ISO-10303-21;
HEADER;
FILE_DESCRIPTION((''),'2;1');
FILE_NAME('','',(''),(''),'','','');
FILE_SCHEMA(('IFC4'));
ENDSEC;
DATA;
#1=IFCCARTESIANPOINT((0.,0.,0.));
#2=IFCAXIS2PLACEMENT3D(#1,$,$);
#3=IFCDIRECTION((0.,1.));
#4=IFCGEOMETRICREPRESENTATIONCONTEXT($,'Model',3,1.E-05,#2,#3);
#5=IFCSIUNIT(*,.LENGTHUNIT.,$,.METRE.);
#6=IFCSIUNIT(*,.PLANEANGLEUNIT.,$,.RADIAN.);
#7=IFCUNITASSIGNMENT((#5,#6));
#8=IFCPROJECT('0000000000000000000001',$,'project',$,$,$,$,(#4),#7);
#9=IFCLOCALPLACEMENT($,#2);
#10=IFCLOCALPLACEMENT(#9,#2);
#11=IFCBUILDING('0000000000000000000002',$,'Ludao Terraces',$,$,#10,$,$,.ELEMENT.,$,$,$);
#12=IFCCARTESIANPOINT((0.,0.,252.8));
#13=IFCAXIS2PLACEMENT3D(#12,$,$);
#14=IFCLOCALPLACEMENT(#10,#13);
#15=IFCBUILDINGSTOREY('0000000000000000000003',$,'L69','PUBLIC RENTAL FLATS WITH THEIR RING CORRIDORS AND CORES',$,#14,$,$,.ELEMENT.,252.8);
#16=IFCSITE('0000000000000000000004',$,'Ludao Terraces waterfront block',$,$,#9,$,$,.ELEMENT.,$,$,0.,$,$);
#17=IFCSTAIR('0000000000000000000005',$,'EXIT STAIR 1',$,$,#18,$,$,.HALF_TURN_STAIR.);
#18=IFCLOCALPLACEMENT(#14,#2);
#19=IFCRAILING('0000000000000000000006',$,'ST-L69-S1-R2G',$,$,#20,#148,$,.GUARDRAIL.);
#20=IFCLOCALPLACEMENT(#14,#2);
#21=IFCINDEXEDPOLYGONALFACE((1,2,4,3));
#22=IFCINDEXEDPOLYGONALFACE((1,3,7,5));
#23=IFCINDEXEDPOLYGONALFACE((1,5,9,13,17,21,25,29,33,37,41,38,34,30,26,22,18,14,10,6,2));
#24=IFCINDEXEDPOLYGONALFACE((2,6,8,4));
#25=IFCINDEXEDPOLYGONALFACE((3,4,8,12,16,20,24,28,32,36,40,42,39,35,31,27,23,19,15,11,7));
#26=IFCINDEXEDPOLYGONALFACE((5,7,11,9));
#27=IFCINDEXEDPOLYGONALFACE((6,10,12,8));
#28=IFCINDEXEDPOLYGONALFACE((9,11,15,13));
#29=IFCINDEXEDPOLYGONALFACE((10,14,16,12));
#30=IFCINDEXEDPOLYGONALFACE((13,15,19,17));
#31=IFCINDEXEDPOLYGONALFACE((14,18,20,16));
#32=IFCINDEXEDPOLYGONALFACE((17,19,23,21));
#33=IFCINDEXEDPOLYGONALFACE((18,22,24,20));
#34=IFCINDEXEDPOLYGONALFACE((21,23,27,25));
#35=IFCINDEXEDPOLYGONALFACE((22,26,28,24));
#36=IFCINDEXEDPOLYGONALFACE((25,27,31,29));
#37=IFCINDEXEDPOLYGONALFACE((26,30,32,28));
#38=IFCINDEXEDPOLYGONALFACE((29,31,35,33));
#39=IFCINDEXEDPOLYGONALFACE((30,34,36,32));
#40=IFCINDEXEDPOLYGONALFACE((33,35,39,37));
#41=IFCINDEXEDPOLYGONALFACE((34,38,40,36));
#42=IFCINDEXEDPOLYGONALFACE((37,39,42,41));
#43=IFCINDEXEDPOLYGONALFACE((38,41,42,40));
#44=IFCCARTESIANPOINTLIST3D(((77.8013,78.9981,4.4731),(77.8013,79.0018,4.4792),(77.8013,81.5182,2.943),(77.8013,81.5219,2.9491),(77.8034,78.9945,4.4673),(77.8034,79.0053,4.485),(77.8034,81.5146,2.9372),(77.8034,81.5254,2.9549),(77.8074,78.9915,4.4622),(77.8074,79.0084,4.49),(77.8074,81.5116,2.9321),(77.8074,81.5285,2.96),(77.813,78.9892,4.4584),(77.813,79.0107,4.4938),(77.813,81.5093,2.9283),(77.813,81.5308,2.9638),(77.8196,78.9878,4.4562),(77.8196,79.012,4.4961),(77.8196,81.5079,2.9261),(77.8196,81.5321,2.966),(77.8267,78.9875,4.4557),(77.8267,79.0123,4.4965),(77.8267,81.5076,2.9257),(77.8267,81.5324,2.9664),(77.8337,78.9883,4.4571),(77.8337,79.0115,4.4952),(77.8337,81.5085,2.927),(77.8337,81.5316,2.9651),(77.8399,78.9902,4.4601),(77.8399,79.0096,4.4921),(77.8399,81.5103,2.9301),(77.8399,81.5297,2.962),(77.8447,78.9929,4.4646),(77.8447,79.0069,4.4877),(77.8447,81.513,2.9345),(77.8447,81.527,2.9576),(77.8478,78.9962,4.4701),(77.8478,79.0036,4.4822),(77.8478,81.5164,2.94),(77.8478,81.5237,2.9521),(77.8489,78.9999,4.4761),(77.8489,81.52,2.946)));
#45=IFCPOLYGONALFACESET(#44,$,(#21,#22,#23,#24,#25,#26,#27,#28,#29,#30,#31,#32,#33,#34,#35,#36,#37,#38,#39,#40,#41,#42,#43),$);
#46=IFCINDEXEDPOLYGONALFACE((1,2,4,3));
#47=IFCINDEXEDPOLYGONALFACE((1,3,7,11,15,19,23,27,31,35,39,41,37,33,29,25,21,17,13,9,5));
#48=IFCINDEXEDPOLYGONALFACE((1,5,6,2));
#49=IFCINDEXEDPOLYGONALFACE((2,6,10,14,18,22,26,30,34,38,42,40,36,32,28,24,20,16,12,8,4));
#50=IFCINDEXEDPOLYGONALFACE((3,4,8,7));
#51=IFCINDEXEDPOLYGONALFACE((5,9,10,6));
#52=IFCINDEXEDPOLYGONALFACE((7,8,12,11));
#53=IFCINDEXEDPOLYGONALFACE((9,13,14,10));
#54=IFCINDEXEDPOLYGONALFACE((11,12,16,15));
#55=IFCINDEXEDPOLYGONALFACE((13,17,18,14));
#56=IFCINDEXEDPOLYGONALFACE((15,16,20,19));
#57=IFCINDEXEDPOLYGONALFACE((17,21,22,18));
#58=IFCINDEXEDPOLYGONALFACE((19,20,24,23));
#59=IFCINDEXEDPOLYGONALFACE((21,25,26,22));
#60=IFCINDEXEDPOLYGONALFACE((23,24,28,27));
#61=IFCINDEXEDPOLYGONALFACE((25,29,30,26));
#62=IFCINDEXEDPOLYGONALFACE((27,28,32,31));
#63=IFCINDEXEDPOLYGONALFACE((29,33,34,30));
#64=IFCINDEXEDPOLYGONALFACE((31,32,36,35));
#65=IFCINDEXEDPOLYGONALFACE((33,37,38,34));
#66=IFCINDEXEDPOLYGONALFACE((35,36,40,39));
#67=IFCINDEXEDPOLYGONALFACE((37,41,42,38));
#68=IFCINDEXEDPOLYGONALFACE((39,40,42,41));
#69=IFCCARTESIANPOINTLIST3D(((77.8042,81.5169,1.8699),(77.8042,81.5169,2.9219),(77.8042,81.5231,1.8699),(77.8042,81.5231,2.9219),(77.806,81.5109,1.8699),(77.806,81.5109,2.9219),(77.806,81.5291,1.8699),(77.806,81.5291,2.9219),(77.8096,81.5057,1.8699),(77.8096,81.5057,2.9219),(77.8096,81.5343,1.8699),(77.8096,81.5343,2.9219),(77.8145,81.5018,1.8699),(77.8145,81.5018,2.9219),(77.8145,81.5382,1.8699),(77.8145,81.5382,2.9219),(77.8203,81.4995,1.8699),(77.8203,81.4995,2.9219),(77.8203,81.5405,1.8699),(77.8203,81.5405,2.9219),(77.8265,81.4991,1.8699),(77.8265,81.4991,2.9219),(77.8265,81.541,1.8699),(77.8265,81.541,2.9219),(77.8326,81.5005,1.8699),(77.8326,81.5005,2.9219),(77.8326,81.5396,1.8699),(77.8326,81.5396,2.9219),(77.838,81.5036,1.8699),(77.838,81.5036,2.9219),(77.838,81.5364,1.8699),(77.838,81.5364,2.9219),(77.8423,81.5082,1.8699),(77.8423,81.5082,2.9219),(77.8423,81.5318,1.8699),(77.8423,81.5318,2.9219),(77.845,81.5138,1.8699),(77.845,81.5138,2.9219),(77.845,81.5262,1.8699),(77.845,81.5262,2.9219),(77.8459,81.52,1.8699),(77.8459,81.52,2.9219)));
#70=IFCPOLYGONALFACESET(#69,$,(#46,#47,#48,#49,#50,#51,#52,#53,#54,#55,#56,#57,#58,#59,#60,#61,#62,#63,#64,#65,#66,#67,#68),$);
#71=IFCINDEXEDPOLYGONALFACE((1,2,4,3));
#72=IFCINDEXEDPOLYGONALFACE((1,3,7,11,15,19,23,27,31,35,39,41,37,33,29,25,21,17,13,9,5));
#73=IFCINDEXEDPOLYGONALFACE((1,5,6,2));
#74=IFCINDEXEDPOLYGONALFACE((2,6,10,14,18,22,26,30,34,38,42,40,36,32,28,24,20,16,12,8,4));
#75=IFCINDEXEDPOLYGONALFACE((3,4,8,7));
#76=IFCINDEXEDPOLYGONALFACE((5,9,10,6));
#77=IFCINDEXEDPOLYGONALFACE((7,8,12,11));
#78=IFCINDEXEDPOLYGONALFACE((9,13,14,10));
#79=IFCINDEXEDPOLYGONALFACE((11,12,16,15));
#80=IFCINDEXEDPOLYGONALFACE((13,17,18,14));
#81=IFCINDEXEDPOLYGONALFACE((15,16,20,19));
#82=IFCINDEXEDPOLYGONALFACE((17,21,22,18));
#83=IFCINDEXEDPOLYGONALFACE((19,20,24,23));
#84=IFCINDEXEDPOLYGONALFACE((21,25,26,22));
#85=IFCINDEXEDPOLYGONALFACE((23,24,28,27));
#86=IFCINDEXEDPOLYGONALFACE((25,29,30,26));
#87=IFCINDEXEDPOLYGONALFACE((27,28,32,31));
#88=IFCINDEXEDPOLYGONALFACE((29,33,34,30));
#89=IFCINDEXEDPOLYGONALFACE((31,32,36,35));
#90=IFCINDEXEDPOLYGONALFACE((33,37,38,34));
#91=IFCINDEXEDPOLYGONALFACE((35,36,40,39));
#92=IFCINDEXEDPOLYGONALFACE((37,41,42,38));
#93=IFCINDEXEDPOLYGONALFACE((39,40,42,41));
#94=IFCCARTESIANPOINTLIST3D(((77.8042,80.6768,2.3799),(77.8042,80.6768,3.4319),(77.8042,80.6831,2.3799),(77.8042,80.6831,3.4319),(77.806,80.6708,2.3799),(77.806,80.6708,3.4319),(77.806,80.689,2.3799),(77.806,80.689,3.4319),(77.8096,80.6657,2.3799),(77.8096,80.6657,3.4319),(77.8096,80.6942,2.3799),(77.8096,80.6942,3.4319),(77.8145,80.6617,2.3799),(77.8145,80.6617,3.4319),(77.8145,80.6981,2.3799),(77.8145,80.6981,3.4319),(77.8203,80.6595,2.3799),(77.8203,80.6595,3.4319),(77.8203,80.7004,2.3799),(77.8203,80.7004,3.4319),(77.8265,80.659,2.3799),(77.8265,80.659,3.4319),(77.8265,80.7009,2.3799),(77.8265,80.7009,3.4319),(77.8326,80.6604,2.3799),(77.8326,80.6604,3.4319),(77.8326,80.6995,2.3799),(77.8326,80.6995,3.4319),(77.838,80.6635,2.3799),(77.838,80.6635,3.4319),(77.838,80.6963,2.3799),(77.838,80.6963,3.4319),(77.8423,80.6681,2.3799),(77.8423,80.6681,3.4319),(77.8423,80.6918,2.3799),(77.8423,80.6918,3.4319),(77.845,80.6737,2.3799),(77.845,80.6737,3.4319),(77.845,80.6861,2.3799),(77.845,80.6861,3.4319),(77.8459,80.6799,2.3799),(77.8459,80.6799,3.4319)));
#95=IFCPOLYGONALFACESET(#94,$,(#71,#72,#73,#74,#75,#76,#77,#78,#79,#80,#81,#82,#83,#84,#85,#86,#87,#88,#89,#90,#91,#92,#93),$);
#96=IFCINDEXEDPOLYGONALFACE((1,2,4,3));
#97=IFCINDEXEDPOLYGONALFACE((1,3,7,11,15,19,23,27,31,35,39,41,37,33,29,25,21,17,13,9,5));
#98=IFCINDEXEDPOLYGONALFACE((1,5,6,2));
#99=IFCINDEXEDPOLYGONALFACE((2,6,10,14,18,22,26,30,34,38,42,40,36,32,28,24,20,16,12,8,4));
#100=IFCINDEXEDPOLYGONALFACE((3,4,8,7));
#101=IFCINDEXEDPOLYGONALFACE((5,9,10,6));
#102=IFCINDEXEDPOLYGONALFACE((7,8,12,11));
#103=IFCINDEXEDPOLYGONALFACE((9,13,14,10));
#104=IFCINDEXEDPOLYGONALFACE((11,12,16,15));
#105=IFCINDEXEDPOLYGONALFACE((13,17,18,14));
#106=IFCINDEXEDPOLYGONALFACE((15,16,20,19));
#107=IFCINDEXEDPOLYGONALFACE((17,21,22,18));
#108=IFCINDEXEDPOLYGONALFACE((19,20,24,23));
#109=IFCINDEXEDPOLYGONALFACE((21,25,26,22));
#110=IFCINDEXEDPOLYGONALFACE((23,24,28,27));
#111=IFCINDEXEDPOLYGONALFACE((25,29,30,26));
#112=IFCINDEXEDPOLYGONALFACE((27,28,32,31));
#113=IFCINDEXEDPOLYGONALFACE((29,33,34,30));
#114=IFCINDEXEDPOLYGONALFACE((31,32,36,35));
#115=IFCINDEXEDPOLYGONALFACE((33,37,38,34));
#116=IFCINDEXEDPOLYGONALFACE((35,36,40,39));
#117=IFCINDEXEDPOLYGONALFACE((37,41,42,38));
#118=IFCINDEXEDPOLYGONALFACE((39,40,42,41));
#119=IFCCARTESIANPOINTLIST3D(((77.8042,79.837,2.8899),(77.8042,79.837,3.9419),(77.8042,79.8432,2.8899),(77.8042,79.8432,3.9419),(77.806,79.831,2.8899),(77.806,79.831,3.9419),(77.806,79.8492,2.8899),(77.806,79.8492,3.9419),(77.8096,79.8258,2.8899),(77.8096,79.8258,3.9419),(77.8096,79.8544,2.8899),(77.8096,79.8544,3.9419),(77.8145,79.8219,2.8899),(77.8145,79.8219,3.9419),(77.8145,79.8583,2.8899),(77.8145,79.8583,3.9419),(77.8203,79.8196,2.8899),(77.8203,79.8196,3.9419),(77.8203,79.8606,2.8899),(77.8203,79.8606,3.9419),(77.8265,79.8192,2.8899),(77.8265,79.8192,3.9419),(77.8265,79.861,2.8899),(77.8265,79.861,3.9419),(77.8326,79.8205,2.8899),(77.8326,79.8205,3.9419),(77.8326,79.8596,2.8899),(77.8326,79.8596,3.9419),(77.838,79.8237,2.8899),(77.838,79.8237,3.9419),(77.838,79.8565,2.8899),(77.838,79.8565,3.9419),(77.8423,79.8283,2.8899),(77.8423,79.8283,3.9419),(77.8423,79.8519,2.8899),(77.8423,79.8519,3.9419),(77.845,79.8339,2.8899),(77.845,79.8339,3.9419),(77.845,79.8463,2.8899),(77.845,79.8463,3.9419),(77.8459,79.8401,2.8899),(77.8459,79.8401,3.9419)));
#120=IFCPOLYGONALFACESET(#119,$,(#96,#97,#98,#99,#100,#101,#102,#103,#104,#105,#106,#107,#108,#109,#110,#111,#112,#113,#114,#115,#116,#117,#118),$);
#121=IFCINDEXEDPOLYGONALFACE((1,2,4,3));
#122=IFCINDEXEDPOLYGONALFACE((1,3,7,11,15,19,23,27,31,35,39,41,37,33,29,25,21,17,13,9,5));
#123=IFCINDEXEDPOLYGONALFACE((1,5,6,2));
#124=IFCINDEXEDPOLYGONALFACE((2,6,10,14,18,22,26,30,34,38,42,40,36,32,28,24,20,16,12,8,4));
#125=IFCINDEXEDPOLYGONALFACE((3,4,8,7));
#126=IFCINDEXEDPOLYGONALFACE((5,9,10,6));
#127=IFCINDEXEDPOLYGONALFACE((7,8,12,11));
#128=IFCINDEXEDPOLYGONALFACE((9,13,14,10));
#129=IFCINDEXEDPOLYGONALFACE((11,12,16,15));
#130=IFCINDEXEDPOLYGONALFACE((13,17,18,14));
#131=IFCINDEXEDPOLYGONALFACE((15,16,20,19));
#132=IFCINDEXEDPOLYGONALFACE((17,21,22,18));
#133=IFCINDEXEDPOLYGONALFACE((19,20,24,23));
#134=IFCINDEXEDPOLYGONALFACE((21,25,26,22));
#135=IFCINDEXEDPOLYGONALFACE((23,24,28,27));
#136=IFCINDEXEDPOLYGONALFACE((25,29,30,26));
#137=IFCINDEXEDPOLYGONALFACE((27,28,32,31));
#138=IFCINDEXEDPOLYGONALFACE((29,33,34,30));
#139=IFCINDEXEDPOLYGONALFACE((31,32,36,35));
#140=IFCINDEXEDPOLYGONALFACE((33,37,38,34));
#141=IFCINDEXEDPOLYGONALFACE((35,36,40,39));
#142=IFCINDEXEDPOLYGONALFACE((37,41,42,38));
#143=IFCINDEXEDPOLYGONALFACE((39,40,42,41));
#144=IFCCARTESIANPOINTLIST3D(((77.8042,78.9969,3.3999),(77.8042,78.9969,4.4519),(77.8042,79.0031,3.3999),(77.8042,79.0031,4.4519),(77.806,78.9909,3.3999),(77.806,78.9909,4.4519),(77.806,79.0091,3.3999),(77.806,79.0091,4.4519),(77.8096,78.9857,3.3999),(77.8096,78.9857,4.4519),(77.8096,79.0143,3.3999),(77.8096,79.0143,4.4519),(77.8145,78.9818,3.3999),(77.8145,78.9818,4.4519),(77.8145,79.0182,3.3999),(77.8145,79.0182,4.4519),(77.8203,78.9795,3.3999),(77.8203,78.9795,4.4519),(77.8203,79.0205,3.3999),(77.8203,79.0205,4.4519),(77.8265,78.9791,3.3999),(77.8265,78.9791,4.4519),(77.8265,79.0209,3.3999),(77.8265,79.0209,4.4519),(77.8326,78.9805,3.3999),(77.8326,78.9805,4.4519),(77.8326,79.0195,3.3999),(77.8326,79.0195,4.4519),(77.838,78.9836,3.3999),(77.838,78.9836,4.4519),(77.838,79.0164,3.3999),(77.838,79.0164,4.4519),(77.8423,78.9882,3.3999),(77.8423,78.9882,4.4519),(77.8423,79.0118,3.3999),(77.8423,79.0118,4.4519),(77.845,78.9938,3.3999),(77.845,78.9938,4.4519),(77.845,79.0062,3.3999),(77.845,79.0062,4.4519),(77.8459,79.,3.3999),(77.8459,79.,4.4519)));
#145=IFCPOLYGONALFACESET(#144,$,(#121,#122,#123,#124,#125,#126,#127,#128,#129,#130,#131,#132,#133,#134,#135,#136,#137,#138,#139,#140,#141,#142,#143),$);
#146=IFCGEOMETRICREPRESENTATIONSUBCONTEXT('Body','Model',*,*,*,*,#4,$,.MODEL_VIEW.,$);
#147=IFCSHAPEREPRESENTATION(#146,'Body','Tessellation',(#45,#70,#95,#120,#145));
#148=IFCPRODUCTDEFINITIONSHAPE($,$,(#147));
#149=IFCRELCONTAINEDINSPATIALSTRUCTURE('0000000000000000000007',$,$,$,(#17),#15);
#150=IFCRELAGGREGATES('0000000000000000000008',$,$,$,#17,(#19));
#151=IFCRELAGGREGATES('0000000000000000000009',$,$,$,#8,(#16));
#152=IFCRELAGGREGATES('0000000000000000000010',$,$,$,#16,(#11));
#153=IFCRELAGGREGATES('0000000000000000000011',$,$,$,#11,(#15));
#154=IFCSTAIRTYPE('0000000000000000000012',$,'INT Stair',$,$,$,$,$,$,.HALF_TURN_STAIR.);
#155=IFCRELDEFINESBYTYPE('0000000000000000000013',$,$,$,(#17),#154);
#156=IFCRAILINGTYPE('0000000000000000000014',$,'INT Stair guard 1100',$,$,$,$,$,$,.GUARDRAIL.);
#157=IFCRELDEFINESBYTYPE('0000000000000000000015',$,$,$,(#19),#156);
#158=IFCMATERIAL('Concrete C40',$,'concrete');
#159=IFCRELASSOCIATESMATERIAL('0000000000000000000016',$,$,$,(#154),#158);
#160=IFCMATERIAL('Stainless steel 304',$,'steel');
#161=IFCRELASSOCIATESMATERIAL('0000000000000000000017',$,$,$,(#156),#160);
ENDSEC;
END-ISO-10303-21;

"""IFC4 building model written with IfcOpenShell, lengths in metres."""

from ifc_helpers import new_model, si_unit, direction, frame, origin, origin_2d, place, context, subcontext, project, spatial, circle, extrude, material, type_object, element, aggregate, save


model = new_model("IFC4")

# Units and contexts
model_context = context("Model", 3, precision=1e-05, world=origin(), true_north=direction((0.0, 1.0)))
body_context = subcontext(model_context, "Body", "Model", "MODEL_VIEW")
ifc_project = project(units=[si_unit("LENGTHUNIT", "METRE"), si_unit("PLANEANGLEUNIT", "RADIAN")], contexts=[model_context])

# Site, building, storey
site_placement = place(None, origin())
site = spatial("IfcSite", under=ifc_project, at=site_placement, Name="Ludao Terraces waterfront block", CompositionType="ELEMENT", RefElevation=0.0)
building_placement = place(site_placement, origin())
building = spatial("IfcBuilding", under=site, at=building_placement, Name="Ludao Terraces", CompositionType="ELEMENT")
storey_placement = place(building_placement, frame((0.0, 0.0, 252.8)))
storey = spatial("IfcBuildingStorey", under=building, at=storey_placement, Name="L69", Description="PUBLIC RENTAL FLATS WITH THEIR RING CORRIDORS AND CORES", CompositionType="ELEMENT", Elevation=252.8)

# Stair, railing
ifc_material_1 = material(Name="Concrete C40", Category="concrete")
stair_type = type_object("IfcStairType", Name="INT Stair", PredefinedType="HALF_TURN_STAIR", material=ifc_material_1)
stair_placement = place(storey_placement, origin())
stair = element("IfcStair", 1, at=stair_placement, inside=storey, type_object=stair_type, Name="EXIT STAIR 1", PredefinedType="HALF_TURN_STAIR")
ifc_material_2 = material(Name="Stainless steel 304", Category="steel")
railing_type_1 = type_object("IfcRailingType", Name="INT Stair guard 1100", PredefinedType="GUARDRAIL", material=ifc_material_2)
railing_1_placement = place(storey_placement, frame((77.825, 81.52, 1.8699)))
railing_1 = element("IfcRailing", 2, at=railing_1_placement, type_object=railing_type_1, Name="ST-L69-S1-R2G", PredefinedType="GUARDRAIL", context=body_context, shape_type="SweptSolid", body=[
    extrude(circle(Radius=0.0239, at=origin_2d()), frame((0.0, 0.0, 1.0762), z_axis=(0.0, -0.854785, 0.518982), x_axis=(1.0, 0.0, 0.0)), (0.0, 0.0, 1.0), 2.9482),
    extrude(circle(Radius=0.021, at=origin_2d()), origin(), (0.0, 0.0, 1.0), 1.052),
    extrude(circle(Radius=0.021, at=origin_2d()), frame((0.0, -0.8401, 0.51)), (0.0, 0.0, 1.0), 1.052),
    extrude(circle(Radius=0.021, at=origin_2d()), frame((0.0, -1.6799, 1.02)), (0.0, 0.0, 1.0), 1.052),
    extrude(circle(Radius=0.021, at=origin_2d()), frame((0.0, -2.52, 1.53)), (0.0, 0.0, 1.0), 1.052),
])
aggregate(stair, [railing_1])

save(model, "model.ifc")
